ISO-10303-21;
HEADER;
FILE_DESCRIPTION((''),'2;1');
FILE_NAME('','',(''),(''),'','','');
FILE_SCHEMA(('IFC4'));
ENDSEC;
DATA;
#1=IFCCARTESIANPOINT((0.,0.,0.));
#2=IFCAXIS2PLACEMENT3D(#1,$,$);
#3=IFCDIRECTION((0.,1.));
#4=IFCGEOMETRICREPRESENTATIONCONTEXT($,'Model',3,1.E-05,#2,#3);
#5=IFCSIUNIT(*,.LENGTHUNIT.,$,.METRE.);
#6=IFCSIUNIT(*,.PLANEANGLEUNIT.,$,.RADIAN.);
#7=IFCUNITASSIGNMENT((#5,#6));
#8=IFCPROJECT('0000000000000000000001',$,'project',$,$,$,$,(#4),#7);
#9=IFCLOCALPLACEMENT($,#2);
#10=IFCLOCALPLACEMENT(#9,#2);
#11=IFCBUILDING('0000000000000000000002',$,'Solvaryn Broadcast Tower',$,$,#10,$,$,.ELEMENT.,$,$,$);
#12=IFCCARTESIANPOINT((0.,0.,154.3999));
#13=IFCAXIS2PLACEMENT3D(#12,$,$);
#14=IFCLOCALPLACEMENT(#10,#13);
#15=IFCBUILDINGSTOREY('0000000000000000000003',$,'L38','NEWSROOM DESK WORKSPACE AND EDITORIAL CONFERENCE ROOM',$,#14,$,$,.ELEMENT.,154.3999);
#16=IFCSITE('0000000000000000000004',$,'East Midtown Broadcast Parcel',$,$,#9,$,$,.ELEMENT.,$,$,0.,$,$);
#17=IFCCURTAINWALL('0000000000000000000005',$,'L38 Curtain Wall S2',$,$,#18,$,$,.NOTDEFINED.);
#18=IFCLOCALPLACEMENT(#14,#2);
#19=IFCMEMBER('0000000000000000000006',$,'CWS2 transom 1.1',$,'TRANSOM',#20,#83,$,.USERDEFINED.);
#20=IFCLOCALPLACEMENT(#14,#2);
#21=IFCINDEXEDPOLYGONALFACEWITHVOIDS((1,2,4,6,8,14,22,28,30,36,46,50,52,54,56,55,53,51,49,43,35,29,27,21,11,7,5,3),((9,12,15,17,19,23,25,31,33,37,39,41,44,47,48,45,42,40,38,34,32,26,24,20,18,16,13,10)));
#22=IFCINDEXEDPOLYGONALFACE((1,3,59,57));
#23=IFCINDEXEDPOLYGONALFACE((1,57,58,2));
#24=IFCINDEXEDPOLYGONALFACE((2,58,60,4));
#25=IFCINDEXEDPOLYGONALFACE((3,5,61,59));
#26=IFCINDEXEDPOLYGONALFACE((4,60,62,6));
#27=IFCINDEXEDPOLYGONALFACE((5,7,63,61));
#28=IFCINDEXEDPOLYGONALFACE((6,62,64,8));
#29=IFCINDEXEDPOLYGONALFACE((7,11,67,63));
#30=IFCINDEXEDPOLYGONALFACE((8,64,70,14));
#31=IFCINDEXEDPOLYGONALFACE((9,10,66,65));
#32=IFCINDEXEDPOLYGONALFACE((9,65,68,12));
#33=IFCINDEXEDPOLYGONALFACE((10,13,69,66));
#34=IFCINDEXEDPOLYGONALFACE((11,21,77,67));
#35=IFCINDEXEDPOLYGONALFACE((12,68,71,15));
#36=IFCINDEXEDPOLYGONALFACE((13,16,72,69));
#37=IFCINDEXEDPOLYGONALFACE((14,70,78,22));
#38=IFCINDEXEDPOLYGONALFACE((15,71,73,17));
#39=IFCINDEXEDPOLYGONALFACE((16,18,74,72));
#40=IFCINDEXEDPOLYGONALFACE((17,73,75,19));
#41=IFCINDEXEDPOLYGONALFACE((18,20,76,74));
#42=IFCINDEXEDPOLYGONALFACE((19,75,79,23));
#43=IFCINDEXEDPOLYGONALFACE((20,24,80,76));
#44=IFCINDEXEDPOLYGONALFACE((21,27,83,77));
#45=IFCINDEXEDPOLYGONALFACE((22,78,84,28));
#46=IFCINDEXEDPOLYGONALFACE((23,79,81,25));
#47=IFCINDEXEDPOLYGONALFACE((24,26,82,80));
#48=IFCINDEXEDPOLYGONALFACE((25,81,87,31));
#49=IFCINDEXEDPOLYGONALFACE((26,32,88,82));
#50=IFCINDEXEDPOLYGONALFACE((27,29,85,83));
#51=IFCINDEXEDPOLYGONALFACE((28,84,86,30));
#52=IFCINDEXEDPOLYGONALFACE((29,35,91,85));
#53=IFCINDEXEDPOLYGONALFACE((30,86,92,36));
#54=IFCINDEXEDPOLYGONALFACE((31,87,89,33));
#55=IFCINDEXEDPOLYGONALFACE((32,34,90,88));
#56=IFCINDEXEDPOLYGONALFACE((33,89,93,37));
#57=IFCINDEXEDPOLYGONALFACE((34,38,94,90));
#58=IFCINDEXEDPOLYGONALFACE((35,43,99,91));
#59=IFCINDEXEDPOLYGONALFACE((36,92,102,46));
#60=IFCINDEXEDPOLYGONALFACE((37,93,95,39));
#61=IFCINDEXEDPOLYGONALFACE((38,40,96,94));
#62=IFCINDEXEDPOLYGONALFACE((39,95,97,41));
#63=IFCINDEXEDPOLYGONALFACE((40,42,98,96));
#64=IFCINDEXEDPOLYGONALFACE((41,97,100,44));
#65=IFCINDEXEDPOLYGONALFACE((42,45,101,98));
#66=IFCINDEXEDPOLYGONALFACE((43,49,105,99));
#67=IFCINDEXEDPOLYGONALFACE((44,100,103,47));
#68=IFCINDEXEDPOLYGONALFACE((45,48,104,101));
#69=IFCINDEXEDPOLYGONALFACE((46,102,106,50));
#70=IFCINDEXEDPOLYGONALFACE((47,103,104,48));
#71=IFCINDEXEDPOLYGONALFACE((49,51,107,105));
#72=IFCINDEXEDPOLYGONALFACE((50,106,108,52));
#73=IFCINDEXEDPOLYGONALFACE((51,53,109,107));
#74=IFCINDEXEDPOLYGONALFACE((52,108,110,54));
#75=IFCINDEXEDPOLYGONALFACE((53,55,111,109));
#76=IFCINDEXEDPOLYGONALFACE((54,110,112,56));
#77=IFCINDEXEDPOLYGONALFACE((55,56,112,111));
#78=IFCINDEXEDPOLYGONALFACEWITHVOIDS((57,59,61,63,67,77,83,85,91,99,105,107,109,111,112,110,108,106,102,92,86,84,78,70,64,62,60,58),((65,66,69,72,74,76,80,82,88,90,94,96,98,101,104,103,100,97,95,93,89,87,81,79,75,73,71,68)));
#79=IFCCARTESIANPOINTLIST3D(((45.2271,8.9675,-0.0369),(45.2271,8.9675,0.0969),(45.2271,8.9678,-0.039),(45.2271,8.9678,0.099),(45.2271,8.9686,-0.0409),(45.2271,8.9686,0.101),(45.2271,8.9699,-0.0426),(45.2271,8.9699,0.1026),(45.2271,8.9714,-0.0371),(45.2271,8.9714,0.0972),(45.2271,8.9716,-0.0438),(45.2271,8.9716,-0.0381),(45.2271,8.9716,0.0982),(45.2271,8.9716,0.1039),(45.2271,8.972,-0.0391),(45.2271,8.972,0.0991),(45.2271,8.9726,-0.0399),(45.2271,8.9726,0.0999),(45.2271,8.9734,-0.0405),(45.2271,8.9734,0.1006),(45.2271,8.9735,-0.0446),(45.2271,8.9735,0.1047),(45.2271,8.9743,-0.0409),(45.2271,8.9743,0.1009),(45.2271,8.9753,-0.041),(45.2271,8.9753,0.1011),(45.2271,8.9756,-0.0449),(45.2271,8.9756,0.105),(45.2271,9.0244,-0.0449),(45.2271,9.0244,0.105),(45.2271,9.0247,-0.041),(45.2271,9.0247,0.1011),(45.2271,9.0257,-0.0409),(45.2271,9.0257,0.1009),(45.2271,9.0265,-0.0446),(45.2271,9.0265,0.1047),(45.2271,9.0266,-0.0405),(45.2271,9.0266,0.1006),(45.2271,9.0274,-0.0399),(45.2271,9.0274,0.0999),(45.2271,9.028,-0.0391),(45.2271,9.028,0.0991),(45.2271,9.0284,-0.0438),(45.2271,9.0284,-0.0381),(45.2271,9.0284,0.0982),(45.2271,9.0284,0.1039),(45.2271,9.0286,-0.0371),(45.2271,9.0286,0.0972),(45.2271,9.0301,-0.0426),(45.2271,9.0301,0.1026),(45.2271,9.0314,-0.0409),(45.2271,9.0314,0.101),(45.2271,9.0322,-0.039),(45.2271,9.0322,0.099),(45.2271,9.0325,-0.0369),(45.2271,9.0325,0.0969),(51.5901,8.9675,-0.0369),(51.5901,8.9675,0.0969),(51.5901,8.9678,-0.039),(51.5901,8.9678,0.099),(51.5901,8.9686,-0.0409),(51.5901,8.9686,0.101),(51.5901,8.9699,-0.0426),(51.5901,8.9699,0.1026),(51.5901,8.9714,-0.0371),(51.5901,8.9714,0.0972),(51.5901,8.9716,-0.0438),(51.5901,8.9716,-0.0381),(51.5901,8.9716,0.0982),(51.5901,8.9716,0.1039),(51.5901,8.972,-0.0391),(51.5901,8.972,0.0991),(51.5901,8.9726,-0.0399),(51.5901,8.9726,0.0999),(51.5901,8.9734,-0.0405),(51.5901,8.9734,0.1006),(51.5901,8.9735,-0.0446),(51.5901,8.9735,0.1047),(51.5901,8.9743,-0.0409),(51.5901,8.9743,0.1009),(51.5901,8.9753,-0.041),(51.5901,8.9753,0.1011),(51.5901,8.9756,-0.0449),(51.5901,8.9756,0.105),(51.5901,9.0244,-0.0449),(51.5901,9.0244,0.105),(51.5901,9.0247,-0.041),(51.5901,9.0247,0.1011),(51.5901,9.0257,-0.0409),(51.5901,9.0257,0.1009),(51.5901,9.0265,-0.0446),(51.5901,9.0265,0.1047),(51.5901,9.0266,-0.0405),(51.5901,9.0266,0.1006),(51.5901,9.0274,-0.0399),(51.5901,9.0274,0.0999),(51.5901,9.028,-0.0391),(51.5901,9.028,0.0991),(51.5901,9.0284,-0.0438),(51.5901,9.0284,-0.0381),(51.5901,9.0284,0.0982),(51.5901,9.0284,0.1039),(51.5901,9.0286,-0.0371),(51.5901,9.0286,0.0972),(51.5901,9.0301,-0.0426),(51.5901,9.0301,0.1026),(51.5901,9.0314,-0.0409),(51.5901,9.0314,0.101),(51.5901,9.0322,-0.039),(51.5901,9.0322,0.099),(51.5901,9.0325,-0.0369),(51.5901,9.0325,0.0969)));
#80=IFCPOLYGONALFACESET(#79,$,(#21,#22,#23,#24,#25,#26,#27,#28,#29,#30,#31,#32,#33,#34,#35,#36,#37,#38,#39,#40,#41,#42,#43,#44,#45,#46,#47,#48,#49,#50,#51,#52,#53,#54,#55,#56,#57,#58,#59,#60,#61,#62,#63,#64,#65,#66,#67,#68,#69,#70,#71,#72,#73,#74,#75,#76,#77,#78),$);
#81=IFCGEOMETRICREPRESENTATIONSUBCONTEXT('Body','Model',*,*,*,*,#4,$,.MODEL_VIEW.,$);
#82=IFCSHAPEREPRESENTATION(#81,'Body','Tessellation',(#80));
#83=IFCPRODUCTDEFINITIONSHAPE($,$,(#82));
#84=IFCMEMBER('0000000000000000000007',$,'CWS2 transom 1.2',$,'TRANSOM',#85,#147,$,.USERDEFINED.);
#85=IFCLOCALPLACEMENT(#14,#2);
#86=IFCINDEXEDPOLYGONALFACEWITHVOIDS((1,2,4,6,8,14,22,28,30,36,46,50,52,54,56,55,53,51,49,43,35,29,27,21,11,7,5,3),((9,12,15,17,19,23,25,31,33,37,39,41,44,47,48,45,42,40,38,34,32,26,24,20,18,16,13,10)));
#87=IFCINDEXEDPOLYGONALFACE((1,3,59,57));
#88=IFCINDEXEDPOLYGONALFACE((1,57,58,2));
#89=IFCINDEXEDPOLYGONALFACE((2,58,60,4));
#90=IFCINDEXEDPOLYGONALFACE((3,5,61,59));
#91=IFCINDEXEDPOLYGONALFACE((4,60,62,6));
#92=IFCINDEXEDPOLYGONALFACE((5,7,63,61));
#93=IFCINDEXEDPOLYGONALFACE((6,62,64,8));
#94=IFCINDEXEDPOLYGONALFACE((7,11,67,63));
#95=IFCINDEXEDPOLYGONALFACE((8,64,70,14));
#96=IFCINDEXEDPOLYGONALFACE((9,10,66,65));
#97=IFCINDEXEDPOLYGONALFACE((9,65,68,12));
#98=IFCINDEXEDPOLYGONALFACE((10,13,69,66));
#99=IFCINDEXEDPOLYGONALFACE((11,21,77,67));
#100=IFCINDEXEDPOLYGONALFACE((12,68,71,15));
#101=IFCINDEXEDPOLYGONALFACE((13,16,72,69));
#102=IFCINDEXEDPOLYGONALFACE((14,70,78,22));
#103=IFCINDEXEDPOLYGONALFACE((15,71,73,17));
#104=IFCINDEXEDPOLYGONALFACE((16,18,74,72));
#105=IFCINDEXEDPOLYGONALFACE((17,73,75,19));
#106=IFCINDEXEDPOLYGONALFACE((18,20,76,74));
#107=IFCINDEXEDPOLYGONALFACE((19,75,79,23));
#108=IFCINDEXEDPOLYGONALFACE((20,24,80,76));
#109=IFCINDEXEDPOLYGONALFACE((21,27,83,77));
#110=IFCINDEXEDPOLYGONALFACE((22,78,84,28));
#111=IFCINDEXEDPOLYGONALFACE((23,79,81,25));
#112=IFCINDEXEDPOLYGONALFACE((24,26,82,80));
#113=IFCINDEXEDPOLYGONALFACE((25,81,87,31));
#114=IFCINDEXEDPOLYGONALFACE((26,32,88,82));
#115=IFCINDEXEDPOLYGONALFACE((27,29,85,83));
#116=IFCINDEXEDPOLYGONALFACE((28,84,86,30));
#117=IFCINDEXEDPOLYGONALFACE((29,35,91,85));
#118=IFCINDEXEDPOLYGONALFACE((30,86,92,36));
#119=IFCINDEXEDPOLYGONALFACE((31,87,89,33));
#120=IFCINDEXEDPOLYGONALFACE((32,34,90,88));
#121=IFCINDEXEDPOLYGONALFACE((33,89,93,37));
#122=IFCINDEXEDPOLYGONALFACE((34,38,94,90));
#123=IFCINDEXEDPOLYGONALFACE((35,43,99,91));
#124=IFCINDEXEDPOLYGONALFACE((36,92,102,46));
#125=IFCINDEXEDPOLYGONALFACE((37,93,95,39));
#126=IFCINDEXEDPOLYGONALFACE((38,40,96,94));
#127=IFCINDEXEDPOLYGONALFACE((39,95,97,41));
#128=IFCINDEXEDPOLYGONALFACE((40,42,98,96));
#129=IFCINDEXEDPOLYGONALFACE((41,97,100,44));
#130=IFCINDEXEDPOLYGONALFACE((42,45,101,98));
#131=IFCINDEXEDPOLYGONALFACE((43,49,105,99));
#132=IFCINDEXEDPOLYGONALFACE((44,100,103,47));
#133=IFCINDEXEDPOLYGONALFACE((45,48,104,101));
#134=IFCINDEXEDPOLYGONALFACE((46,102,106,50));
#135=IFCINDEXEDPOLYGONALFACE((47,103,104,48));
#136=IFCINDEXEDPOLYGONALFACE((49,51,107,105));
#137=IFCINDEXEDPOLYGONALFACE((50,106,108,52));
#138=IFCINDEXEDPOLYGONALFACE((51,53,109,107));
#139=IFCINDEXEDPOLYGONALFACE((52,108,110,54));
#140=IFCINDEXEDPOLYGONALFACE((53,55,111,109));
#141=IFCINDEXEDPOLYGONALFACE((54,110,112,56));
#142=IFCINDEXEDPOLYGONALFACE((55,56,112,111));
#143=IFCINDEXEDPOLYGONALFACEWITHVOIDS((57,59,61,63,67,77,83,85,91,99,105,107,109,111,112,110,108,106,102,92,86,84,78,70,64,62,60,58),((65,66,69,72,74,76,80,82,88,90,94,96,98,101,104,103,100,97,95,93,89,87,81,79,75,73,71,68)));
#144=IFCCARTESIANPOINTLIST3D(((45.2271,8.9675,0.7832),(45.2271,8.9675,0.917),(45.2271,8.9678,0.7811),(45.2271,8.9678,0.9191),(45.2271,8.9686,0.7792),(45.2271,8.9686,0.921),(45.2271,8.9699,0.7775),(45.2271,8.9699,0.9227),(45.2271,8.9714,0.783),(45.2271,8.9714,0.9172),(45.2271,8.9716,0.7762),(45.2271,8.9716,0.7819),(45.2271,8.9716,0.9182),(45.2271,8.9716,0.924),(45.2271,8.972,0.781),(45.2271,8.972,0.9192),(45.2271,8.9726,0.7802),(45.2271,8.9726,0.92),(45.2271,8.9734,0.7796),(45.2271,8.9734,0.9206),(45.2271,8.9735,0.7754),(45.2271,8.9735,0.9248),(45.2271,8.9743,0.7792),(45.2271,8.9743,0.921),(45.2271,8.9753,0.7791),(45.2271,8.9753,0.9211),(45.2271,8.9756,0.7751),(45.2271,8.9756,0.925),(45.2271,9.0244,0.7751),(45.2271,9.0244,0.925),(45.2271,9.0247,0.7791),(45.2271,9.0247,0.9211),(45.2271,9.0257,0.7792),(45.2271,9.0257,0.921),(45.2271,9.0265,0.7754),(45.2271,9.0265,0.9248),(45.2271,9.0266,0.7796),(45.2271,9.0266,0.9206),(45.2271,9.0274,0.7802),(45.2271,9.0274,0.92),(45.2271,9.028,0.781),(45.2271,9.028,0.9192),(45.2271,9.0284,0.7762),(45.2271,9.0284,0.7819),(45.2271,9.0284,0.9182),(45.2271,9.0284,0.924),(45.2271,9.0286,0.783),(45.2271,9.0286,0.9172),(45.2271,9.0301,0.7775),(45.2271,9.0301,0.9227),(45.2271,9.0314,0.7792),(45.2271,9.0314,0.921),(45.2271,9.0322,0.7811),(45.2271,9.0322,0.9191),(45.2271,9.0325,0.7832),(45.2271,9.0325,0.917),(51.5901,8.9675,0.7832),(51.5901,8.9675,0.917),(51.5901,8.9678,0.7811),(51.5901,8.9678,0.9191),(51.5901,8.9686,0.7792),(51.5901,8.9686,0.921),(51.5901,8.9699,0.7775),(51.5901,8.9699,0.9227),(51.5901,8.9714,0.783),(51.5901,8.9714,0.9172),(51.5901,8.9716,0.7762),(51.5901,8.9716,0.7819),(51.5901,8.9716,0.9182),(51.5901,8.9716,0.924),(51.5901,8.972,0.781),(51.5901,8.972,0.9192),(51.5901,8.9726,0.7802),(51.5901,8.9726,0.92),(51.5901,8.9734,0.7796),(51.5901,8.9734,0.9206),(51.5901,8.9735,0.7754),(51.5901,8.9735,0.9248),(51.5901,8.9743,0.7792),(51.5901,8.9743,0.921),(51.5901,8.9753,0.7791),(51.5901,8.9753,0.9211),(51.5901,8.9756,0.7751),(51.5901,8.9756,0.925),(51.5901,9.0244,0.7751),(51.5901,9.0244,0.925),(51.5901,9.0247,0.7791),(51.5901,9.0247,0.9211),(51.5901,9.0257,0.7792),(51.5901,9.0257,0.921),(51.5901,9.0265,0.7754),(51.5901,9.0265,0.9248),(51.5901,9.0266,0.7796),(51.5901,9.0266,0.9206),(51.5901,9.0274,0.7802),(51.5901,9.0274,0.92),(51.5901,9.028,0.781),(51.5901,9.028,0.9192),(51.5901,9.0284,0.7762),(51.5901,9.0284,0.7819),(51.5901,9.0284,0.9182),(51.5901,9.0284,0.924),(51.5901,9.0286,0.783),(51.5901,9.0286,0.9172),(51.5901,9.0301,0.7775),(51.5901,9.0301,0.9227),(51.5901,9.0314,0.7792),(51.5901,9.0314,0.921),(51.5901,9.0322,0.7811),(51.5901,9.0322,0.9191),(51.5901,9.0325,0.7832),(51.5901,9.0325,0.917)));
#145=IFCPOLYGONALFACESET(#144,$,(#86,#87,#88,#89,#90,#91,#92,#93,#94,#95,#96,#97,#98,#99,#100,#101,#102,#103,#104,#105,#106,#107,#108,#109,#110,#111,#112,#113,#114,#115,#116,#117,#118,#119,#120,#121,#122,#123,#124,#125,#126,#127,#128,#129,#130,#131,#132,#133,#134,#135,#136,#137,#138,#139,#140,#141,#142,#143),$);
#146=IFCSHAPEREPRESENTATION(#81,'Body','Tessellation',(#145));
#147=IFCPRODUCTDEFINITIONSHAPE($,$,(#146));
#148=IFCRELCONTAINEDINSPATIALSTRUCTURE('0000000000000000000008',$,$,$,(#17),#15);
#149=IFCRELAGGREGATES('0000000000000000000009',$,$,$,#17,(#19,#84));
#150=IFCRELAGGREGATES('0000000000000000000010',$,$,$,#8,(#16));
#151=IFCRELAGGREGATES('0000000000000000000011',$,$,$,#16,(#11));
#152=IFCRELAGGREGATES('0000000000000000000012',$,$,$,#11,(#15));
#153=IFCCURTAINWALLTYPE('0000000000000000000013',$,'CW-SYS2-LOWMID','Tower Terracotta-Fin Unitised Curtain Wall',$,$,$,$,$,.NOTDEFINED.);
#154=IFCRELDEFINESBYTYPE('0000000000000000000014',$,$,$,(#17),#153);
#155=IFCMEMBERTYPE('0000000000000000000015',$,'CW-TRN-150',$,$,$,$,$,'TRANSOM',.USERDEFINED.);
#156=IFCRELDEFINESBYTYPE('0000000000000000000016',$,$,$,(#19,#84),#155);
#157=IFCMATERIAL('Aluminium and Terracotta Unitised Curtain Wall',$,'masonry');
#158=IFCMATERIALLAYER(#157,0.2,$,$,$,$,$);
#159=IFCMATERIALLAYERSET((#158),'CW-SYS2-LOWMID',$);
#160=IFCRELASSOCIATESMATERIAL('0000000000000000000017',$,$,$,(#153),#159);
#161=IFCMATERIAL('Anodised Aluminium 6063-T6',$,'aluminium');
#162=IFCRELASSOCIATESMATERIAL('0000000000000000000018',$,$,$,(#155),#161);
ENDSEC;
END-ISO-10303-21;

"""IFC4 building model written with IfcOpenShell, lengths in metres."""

from ifc_helpers import new_model, si_unit, direction, frame, origin, origin_2d, place, context, subcontext, project, spatial, hollow_rectangle, extrude, material, layer, layer_set, material_profile, profile_set, type_object, element, aggregate, save


model = new_model("IFC4")

# Units and contexts
model_context = context("Model", 3, precision=1e-05, world=origin(), true_north=direction((0.0, 1.0)))
body_context = subcontext(model_context, "Body", "Model", "MODEL_VIEW")
ifc_project = project(units=[si_unit("LENGTHUNIT", "METRE"), si_unit("PLANEANGLEUNIT", "RADIAN")], contexts=[model_context])

# Site, building, storey
site_placement = place(None, origin())
site = spatial("IfcSite", under=ifc_project, at=site_placement, Name="East Midtown Broadcast Parcel", CompositionType="ELEMENT", RefElevation=0.0)
building_placement = place(site_placement, origin())
building = spatial("IfcBuilding", under=site, at=building_placement, Name="Solvaryn Broadcast Tower", CompositionType="ELEMENT")
storey_placement = place(building_placement, frame((0.0, 0.0, 154.3999)))
storey = spatial("IfcBuildingStorey", under=building, at=storey_placement, Name="L38", Description="NEWSROOM DESK WORKSPACE AND EDITORIAL CONFERENCE ROOM", CompositionType="ELEMENT", Elevation=154.3999)

# Shared definitions
ifc_material_1 = material(Name="Aluminium and Terracotta Unitised Curtain Wall", Category="masonry")
ifc_layer_1 = layer(ifc_material_1, 0.2)
ifc_layer_set_1 = layer_set([ifc_layer_1], Name="CW-SYS2-LOWMID")
curtain_wall_type = type_object("IfcCurtainWallType", Name="CW-SYS2-LOWMID", Description="Tower Terracotta-Fin Unitised Curtain Wall", PredefinedType="NOTDEFINED", material=ifc_layer_set_1)

# Curtain wall, members
curtain_wall_1_placement = place(storey_placement, origin())
curtain_wall_1 = element("IfcCurtainWall", 1, at=curtain_wall_1_placement, inside=storey, type_object=curtain_wall_type, Name="L38 Curtain Wall S2", PredefinedType="NOTDEFINED")
ifc_material_2 = material(Name="Anodised Aluminium 6063-T6", Category="aluminium")
ifc_material_profile_1 = material_profile(ifc_material_2, hollow_rectangle(XDim=0.0649, YDim=0.1499, WallThickness=0.0039, InnerFilletRadius=0.0039, OuterFilletRadius=0.0081, at=origin_2d()))
ifc_profile_set_1 = profile_set([ifc_material_profile_1], Name="Anodised Aluminium 6063-T6")
member_type_1 = type_object("IfcMemberType", Name="CW-TRN-150", ElementType="TRANSOM", PredefinedType="USERDEFINED", material=ifc_profile_set_1)
member_1_placement = place(storey_placement, frame((45.2271, 9.0, 0.03), z_axis=(1.0, 0.0, 0.0), x_axis=(0.0, 1.0, 0.0)))
member_1 = element("IfcMember", 2, at=member_1_placement, type_object=member_type_1, Name="CWS2 transom 1.1", ObjectType="TRANSOM", PredefinedType="USERDEFINED", context=body_context, shape_type="SweptSolid", body=[
    extrude(hollow_rectangle(XDim=0.0649, YDim=0.1499, WallThickness=0.0039, InnerFilletRadius=0.0039, OuterFilletRadius=0.0081, at=origin_2d()), origin(), (0.0, 0.0, 1.0), 6.363),
])
member_2_placement = place(storey_placement, frame((45.2271, 9.0, 0.8501), z_axis=(1.0, 0.0, 0.0), x_axis=(0.0, 1.0, 0.0)))
member_2 = element("IfcMember", 3, at=member_2_placement, type_object=member_type_1, Name="CWS2 transom 1.2", ObjectType="TRANSOM", PredefinedType="USERDEFINED", context=body_context, shape_type="SweptSolid", body=[
    extrude(hollow_rectangle(XDim=0.0649, YDim=0.1499, WallThickness=0.0039, InnerFilletRadius=0.0039, OuterFilletRadius=0.0081, at=origin_2d()), origin(), (0.0, 0.0, 1.0), 6.363),
])
aggregate(curtain_wall_1, [member_1, member_2])

save(model, "model.ifc")
